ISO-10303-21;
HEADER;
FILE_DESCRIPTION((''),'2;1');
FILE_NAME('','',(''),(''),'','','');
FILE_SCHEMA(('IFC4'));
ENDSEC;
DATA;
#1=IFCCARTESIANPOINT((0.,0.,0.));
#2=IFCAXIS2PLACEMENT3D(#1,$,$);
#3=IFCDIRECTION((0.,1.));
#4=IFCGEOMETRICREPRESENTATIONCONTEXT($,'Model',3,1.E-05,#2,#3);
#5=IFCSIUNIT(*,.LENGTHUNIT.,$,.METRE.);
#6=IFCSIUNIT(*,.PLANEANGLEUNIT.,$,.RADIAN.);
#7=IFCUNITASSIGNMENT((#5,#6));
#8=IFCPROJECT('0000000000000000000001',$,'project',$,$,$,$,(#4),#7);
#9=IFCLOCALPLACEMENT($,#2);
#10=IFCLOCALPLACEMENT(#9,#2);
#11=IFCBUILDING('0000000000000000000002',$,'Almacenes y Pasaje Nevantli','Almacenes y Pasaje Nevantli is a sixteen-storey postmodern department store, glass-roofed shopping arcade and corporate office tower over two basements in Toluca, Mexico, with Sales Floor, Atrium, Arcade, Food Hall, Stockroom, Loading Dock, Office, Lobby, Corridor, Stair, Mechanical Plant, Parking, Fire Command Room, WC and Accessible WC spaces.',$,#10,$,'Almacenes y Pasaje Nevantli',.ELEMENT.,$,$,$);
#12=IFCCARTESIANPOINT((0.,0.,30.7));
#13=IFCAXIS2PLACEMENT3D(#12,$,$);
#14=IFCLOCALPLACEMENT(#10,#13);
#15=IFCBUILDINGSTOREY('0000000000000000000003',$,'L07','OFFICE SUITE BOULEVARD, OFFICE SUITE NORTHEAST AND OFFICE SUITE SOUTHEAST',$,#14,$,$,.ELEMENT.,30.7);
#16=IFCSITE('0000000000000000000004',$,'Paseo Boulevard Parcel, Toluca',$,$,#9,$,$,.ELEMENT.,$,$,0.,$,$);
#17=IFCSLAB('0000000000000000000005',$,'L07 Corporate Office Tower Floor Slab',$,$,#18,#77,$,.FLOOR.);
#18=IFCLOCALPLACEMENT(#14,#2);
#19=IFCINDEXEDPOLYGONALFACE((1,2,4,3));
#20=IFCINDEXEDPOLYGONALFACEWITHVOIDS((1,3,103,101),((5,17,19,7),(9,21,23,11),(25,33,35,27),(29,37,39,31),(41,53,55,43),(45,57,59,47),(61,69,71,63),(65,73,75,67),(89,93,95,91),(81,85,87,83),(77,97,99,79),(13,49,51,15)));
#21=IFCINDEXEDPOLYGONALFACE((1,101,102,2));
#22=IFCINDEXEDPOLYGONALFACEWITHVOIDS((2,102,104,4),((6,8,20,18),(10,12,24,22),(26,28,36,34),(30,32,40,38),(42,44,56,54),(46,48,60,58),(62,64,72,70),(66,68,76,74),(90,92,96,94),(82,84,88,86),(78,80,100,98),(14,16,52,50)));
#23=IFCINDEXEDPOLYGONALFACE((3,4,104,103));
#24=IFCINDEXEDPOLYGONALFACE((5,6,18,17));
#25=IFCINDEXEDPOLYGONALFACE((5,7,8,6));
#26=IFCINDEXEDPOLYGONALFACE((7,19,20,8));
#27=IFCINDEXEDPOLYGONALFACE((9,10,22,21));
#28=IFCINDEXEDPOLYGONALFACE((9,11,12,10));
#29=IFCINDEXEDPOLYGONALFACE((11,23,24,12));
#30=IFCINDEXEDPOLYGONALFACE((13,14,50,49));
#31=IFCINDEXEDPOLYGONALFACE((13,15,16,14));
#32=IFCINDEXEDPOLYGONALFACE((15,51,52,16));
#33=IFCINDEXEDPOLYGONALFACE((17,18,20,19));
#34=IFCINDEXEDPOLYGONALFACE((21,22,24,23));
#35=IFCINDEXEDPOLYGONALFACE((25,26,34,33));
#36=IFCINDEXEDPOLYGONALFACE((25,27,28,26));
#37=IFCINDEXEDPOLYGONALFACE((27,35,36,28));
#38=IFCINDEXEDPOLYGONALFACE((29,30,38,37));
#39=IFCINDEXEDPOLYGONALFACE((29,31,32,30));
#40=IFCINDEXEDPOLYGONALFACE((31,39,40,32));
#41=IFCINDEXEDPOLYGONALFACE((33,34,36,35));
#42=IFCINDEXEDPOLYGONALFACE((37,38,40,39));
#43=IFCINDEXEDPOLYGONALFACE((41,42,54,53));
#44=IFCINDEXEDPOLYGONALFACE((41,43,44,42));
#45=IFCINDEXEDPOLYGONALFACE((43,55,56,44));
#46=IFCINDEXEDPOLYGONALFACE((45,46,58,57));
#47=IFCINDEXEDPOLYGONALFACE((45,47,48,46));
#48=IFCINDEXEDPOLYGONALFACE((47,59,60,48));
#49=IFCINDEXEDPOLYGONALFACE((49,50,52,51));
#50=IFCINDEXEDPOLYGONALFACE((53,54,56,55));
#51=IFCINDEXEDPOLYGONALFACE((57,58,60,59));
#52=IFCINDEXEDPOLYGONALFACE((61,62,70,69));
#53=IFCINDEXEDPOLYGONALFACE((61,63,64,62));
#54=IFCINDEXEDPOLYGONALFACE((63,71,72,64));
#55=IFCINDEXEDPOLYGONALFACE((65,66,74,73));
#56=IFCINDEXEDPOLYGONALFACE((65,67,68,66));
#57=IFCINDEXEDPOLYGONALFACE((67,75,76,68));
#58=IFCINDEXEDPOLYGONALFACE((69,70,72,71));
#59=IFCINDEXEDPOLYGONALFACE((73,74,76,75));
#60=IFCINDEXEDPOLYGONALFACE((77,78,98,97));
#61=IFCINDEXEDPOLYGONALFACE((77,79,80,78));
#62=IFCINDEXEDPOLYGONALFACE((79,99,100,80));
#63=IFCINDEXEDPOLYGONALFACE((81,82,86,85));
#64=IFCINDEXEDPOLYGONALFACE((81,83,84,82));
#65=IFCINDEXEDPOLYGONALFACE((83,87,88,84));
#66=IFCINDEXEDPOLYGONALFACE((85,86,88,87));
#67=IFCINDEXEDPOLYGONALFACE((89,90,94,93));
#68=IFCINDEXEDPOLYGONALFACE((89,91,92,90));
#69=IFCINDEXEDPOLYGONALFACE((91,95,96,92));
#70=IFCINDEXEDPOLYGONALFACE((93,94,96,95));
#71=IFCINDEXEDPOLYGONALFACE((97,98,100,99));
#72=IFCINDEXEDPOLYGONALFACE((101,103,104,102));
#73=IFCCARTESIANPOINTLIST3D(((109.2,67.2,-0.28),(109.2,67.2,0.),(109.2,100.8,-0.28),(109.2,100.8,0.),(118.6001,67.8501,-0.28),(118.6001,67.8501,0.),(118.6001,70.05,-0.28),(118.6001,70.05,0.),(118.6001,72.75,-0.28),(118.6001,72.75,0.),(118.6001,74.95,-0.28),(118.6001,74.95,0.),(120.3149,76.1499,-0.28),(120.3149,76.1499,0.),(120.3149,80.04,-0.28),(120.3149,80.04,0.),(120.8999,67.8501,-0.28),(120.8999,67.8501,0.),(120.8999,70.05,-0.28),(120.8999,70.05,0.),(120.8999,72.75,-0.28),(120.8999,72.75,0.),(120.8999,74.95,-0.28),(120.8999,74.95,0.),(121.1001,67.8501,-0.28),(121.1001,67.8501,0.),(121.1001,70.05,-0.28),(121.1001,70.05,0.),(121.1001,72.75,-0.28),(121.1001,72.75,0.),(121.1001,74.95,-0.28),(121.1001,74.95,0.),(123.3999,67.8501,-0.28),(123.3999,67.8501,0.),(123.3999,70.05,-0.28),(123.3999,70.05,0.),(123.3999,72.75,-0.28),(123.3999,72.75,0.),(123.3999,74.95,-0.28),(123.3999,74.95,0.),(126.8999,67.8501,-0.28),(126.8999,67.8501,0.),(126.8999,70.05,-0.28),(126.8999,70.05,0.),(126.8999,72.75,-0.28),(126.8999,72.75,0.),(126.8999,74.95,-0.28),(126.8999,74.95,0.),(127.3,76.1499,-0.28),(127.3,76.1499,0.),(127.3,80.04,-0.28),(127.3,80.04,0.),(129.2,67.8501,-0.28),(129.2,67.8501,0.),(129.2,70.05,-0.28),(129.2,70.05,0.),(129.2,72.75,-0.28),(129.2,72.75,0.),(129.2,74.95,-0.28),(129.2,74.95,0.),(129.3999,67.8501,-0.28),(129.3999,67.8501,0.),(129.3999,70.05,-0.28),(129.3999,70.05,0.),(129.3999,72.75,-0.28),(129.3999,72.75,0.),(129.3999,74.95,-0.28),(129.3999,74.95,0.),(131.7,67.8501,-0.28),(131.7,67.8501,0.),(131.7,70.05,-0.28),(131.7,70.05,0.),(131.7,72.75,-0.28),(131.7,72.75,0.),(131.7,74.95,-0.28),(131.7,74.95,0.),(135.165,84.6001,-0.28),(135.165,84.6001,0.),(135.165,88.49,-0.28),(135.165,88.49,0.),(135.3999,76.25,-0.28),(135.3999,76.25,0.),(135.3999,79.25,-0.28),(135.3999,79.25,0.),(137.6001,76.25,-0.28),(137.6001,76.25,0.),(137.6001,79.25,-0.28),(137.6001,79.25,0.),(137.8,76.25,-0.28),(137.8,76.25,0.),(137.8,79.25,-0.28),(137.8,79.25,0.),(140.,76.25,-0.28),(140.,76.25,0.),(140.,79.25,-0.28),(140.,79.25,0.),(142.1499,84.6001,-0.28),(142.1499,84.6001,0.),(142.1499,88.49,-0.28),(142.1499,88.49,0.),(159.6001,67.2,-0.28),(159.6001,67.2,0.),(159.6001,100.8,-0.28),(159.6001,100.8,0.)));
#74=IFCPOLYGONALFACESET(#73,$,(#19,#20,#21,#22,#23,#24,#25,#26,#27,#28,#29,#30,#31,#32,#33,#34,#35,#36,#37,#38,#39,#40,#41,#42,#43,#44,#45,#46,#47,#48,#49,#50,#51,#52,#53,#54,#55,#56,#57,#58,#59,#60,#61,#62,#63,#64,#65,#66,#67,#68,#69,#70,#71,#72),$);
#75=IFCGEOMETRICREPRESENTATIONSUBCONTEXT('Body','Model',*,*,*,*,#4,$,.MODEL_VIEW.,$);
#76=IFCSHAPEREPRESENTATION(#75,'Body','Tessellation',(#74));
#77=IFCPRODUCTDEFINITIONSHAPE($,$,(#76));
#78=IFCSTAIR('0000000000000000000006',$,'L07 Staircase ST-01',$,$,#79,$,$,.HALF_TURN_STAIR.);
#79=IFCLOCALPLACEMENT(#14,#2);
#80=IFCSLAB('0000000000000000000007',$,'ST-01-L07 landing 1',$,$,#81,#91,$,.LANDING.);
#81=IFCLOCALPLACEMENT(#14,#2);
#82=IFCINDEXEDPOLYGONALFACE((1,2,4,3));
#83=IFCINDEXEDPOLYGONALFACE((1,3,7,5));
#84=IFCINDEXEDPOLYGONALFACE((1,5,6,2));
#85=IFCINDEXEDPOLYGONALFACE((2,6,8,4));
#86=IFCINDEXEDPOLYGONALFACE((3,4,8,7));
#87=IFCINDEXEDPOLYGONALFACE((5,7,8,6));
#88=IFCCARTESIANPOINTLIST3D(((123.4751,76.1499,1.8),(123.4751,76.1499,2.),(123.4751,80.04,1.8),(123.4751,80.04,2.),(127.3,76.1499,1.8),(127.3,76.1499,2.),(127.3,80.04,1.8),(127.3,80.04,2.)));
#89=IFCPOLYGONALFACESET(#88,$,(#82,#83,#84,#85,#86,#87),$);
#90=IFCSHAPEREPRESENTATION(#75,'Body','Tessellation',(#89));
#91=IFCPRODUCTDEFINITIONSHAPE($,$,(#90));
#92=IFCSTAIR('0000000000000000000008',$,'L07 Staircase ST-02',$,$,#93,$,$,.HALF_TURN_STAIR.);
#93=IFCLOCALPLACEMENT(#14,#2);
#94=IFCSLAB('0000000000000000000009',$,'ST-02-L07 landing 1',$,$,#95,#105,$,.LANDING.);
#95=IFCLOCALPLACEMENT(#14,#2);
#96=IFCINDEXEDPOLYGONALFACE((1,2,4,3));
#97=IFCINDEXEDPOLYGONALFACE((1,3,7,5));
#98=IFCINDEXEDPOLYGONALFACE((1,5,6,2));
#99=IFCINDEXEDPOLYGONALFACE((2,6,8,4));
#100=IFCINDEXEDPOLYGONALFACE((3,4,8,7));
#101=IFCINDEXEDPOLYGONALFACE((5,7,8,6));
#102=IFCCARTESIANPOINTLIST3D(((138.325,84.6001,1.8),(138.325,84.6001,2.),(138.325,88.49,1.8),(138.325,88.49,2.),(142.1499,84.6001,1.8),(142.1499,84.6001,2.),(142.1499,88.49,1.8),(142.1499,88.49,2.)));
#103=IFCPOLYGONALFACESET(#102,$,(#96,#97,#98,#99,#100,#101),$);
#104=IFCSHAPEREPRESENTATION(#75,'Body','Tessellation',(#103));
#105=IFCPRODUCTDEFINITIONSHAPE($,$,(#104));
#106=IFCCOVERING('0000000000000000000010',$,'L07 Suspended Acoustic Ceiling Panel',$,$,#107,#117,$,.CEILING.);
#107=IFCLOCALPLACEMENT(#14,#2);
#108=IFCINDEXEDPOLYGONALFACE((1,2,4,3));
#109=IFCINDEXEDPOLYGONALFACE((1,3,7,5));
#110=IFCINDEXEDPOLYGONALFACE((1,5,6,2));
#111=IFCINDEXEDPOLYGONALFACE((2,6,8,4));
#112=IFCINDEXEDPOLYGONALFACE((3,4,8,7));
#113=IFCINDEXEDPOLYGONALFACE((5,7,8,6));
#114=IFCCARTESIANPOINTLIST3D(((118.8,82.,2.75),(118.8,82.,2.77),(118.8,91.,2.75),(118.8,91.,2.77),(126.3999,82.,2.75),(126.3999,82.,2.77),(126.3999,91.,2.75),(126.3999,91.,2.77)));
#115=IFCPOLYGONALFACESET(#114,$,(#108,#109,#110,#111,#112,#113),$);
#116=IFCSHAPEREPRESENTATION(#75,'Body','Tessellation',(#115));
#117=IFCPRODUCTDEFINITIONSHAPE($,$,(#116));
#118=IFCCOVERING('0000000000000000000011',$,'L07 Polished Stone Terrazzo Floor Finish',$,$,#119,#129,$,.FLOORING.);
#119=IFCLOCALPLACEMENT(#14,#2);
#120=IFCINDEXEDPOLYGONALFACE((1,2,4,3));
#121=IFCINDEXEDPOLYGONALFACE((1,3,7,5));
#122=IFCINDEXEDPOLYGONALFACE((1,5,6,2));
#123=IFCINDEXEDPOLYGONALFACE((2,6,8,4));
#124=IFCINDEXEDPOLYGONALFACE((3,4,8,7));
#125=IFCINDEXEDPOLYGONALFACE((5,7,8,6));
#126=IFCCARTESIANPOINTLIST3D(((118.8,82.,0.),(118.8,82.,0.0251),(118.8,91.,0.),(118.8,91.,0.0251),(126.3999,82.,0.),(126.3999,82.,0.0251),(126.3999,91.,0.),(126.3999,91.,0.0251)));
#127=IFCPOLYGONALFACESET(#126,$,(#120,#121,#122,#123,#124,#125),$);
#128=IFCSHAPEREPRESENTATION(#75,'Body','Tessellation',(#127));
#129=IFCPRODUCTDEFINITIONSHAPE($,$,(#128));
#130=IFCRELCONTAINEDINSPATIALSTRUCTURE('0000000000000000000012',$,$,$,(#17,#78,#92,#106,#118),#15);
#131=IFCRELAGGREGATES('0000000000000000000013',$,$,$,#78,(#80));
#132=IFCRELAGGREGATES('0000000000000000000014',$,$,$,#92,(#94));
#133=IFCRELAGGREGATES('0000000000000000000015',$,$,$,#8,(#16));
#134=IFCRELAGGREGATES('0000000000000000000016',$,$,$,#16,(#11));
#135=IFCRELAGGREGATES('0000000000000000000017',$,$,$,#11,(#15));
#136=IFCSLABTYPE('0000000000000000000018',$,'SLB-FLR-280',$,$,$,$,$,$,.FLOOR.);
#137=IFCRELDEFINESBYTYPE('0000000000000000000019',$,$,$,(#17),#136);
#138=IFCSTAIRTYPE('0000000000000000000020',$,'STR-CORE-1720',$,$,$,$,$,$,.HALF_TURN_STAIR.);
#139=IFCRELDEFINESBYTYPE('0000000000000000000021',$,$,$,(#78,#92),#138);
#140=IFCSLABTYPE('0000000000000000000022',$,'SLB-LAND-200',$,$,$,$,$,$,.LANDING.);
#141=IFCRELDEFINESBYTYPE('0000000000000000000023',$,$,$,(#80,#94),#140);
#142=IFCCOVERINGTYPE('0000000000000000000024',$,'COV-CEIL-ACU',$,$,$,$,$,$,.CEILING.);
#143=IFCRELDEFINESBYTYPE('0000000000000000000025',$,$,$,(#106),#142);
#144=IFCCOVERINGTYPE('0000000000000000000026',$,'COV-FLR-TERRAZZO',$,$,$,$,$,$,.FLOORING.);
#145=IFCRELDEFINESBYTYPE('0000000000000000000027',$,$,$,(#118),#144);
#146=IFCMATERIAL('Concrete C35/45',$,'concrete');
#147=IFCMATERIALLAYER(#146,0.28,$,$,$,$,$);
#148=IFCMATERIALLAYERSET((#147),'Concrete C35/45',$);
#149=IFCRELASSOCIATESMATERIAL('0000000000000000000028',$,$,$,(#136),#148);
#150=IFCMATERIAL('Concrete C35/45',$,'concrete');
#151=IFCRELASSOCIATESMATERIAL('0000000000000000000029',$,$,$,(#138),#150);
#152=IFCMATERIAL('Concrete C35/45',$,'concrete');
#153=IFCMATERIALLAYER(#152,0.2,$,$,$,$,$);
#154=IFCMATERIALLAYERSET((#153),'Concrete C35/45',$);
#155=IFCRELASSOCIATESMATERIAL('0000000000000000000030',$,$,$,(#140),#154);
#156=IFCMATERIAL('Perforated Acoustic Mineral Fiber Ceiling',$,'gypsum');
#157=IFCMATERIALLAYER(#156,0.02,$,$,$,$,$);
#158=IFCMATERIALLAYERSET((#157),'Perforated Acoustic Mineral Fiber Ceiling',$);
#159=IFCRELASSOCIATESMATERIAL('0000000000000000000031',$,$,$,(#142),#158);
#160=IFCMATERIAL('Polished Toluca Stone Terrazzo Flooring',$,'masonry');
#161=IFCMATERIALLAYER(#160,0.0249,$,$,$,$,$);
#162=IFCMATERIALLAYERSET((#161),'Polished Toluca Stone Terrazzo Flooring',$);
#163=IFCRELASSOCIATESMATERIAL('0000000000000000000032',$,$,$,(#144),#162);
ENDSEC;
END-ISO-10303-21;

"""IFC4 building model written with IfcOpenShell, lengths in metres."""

from ifc_helpers import new_model, si_unit, direction, frame, origin, place, context, subcontext, project, spatial, polyline, outline, extrude, material, layer, layer_set, type_object, element, aggregate, save


model = new_model("IFC4")

# Units and contexts
model_context = context("Model", 3, precision=1e-05, world=origin(), true_north=direction((0.0, 1.0)))
body_context = subcontext(model_context, "Body", "Model", "MODEL_VIEW")
ifc_project = project(units=[si_unit("LENGTHUNIT", "METRE"), si_unit("PLANEANGLEUNIT", "RADIAN")], contexts=[model_context])

# Site, building, storey
site_placement = place(None, origin())
site = spatial("IfcSite", under=ifc_project, at=site_placement, Name="Paseo Boulevard Parcel, Toluca", CompositionType="ELEMENT", RefElevation=0.0)
building_placement = place(site_placement, origin())
building = spatial("IfcBuilding", under=site, at=building_placement, Name="Almacenes y Pasaje Nevantli", Description="Almacenes y Pasaje Nevantli is a sixteen-storey postmodern department store, glass-roofed shopping arcade and corporate office tower over two basements in Toluca, Mexico, with Sales Floor, Atrium, Arcade, Food Hall, Stockroom, Loading Dock, Office, Lobby, Corridor, Stair, Mechanical Plant, Parking, Fire Command Room, WC and Accessible WC spaces.", LongName="Almacenes y Pasaje Nevantli", CompositionType="ELEMENT")
storey_placement = place(building_placement, frame((0.0, 0.0, 30.7)))
storey = spatial("IfcBuildingStorey", under=building, at=storey_placement, Name="L07", Description="OFFICE SUITE BOULEVARD, OFFICE SUITE NORTHEAST AND OFFICE SUITE SOUTHEAST", CompositionType="ELEMENT", Elevation=30.7)

# Slab
ifc_material_1 = material(Name="Concrete C35/45", Category="concrete")
ifc_layer_1 = layer(ifc_material_1, 0.28)
ifc_layer_set_1 = layer_set([ifc_layer_1], Name="Concrete C35/45")
slab_type_1 = type_object("IfcSlabType", Name="SLB-FLR-280", PredefinedType="FLOOR", material=ifc_layer_set_1)
slab_1_placement = place(storey_placement, frame((0.0, 0.0, -0.28)))
element("IfcSlab", 1, at=slab_1_placement, inside=storey, type_object=slab_type_1, Name="L07 Corporate Office Tower Floor Slab", PredefinedType="FLOOR", context=body_context, shape_type="SweptSolid", body=[
    extrude(outline(polyline([(109.2, 67.2), (159.6001, 67.2), (159.6001, 100.8), (109.2, 100.8), (109.2, 67.2)]), holes=[polyline([(120.3149, 76.1499), (127.3, 76.1499), (127.3, 80.04), (120.3149, 80.04), (120.3149, 76.1499)]), polyline([(135.165, 84.6001), (142.1499, 84.6001), (142.1499, 88.49), (135.165, 88.49), (135.165, 84.6001)]), polyline([(126.8999, 67.8501), (129.2, 67.8501), (129.2, 70.05), (126.8999, 70.05), (126.8999, 67.8501)]), polyline([(129.3999, 67.8501), (131.7, 67.8501), (131.7, 70.05), (129.3999, 70.05), (129.3999, 67.8501)]), polyline([(126.8999, 72.75), (129.2, 72.75), (129.2, 74.95), (126.8999, 74.95), (126.8999, 72.75)]), polyline([(129.3999, 72.75), (131.7, 72.75), (131.7, 74.95), (129.3999, 74.95), (129.3999, 72.75)]), polyline([(118.6001, 67.8501), (120.8999, 67.8501), (120.8999, 70.05), (118.6001, 70.05), (118.6001, 67.8501)]), polyline([(121.1001, 67.8501), (123.3999, 67.8501), (123.3999, 70.05), (121.1001, 70.05), (121.1001, 67.8501)]), polyline([(118.6001, 72.75), (120.8999, 72.75), (120.8999, 74.95), (118.6001, 74.95), (118.6001, 72.75)]), polyline([(121.1001, 72.75), (123.3999, 72.75), (123.3999, 74.95), (121.1001, 74.95), (121.1001, 72.75)]), polyline([(135.3999, 76.25), (137.6001, 76.25), (137.6001, 79.25), (135.3999, 79.25), (135.3999, 76.25)]), polyline([(137.8, 76.25), (140.0, 76.25), (140.0, 79.25), (137.8, 79.25), (137.8, 76.25)])]), origin(), (0.0, 0.0, 1.0), 0.28),
])

# Stairs, slabs
ifc_material_2 = material(Name="Concrete C35/45", Category="concrete")
stair_type = type_object("IfcStairType", Name="STR-CORE-1720", PredefinedType="HALF_TURN_STAIR", material=ifc_material_2)
stair_1_placement = place(storey_placement, origin())
stair_1 = element("IfcStair", 2, at=stair_1_placement, inside=storey, type_object=stair_type, Name="L07 Staircase ST-01", PredefinedType="HALF_TURN_STAIR")
ifc_material_3 = material(Name="Concrete C35/45", Category="concrete")
ifc_layer_2 = layer(ifc_material_3, 0.2)
ifc_layer_set_2 = layer_set([ifc_layer_2], Name="Concrete C35/45")
slab_type_2 = type_object("IfcSlabType", Name="SLB-LAND-200", PredefinedType="LANDING", material=ifc_layer_set_2)
slab_2_placement = place(storey_placement, frame((0.0, 0.0, 1.8)))
slab_2 = element("IfcSlab", 3, at=slab_2_placement, type_object=slab_type_2, Name="ST-01-L07 landing 1", PredefinedType="LANDING", context=body_context, shape_type="SweptSolid", body=[
    extrude(outline(polyline([(123.4751, 76.1499), (127.3, 76.1499), (127.3, 80.04), (123.4751, 80.04), (123.4751, 76.1499)])), origin(), (0.0, 0.0, 1.0), 0.2),
])
aggregate(stair_1, [slab_2])
stair_2_placement = place(storey_placement, origin())
stair_2 = element("IfcStair", 4, at=stair_2_placement, inside=storey, type_object=stair_type, Name="L07 Staircase ST-02", PredefinedType="HALF_TURN_STAIR")
slab_3_placement = place(storey_placement, frame((0.0, 0.0, 1.8)))
slab_3 = element("IfcSlab", 5, at=slab_3_placement, type_object=slab_type_2, Name="ST-02-L07 landing 1", PredefinedType="LANDING", context=body_context, shape_type="SweptSolid", body=[
    extrude(outline(polyline([(138.325, 84.6001), (142.1499, 84.6001), (142.1499, 88.49), (138.325, 88.49), (138.325, 84.6001)])), origin(), (0.0, 0.0, 1.0), 0.2),
])
aggregate(stair_2, [slab_3])

# Coverings
ifc_material_4 = material(Name="Perforated Acoustic Mineral Fiber Ceiling", Category="gypsum")
ifc_layer_3 = layer(ifc_material_4, 0.02)
ifc_layer_set_3 = layer_set([ifc_layer_3], Name="Perforated Acoustic Mineral Fiber Ceiling")
covering_type_1 = type_object("IfcCoveringType", Name="COV-CEIL-ACU", PredefinedType="CEILING", material=ifc_layer_set_3)
covering_1_placement = place(storey_placement, frame((0.0, 0.0, 2.75)))
element("IfcCovering", 6, at=covering_1_placement, inside=storey, type_object=covering_type_1, Name="L07 Suspended Acoustic Ceiling Panel", PredefinedType="CEILING", context=body_context, shape_type="SweptSolid", body=[
    extrude(outline(polyline([(118.8, 82.0), (126.3999, 82.0), (126.3999, 91.0), (118.8, 91.0), (118.8, 82.0)])), origin(), (0.0, 0.0, 1.0), 0.02),
])
ifc_material_5 = material(Name="Polished Toluca Stone Terrazzo Flooring", Category="masonry")
ifc_layer_4 = layer(ifc_material_5, 0.0249)
ifc_layer_set_4 = layer_set([ifc_layer_4], Name="Polished Toluca Stone Terrazzo Flooring")
covering_type_2 = type_object("IfcCoveringType", Name="COV-FLR-TERRAZZO", PredefinedType="FLOORING", material=ifc_layer_set_4)
covering_2_placement = place(storey_placement, origin())
element("IfcCovering", 7, at=covering_2_placement, inside=storey, type_object=covering_type_2, Name="L07 Polished Stone Terrazzo Floor Finish", PredefinedType="FLOORING", context=body_context, shape_type="SweptSolid", body=[
    extrude(outline(polyline([(118.8, 82.0), (126.3999, 82.0), (126.3999, 91.0), (118.8, 91.0), (118.8, 82.0)])), origin(), (0.0, 0.0, 1.0), 0.0251),
])

save(model, "model.ifc")
